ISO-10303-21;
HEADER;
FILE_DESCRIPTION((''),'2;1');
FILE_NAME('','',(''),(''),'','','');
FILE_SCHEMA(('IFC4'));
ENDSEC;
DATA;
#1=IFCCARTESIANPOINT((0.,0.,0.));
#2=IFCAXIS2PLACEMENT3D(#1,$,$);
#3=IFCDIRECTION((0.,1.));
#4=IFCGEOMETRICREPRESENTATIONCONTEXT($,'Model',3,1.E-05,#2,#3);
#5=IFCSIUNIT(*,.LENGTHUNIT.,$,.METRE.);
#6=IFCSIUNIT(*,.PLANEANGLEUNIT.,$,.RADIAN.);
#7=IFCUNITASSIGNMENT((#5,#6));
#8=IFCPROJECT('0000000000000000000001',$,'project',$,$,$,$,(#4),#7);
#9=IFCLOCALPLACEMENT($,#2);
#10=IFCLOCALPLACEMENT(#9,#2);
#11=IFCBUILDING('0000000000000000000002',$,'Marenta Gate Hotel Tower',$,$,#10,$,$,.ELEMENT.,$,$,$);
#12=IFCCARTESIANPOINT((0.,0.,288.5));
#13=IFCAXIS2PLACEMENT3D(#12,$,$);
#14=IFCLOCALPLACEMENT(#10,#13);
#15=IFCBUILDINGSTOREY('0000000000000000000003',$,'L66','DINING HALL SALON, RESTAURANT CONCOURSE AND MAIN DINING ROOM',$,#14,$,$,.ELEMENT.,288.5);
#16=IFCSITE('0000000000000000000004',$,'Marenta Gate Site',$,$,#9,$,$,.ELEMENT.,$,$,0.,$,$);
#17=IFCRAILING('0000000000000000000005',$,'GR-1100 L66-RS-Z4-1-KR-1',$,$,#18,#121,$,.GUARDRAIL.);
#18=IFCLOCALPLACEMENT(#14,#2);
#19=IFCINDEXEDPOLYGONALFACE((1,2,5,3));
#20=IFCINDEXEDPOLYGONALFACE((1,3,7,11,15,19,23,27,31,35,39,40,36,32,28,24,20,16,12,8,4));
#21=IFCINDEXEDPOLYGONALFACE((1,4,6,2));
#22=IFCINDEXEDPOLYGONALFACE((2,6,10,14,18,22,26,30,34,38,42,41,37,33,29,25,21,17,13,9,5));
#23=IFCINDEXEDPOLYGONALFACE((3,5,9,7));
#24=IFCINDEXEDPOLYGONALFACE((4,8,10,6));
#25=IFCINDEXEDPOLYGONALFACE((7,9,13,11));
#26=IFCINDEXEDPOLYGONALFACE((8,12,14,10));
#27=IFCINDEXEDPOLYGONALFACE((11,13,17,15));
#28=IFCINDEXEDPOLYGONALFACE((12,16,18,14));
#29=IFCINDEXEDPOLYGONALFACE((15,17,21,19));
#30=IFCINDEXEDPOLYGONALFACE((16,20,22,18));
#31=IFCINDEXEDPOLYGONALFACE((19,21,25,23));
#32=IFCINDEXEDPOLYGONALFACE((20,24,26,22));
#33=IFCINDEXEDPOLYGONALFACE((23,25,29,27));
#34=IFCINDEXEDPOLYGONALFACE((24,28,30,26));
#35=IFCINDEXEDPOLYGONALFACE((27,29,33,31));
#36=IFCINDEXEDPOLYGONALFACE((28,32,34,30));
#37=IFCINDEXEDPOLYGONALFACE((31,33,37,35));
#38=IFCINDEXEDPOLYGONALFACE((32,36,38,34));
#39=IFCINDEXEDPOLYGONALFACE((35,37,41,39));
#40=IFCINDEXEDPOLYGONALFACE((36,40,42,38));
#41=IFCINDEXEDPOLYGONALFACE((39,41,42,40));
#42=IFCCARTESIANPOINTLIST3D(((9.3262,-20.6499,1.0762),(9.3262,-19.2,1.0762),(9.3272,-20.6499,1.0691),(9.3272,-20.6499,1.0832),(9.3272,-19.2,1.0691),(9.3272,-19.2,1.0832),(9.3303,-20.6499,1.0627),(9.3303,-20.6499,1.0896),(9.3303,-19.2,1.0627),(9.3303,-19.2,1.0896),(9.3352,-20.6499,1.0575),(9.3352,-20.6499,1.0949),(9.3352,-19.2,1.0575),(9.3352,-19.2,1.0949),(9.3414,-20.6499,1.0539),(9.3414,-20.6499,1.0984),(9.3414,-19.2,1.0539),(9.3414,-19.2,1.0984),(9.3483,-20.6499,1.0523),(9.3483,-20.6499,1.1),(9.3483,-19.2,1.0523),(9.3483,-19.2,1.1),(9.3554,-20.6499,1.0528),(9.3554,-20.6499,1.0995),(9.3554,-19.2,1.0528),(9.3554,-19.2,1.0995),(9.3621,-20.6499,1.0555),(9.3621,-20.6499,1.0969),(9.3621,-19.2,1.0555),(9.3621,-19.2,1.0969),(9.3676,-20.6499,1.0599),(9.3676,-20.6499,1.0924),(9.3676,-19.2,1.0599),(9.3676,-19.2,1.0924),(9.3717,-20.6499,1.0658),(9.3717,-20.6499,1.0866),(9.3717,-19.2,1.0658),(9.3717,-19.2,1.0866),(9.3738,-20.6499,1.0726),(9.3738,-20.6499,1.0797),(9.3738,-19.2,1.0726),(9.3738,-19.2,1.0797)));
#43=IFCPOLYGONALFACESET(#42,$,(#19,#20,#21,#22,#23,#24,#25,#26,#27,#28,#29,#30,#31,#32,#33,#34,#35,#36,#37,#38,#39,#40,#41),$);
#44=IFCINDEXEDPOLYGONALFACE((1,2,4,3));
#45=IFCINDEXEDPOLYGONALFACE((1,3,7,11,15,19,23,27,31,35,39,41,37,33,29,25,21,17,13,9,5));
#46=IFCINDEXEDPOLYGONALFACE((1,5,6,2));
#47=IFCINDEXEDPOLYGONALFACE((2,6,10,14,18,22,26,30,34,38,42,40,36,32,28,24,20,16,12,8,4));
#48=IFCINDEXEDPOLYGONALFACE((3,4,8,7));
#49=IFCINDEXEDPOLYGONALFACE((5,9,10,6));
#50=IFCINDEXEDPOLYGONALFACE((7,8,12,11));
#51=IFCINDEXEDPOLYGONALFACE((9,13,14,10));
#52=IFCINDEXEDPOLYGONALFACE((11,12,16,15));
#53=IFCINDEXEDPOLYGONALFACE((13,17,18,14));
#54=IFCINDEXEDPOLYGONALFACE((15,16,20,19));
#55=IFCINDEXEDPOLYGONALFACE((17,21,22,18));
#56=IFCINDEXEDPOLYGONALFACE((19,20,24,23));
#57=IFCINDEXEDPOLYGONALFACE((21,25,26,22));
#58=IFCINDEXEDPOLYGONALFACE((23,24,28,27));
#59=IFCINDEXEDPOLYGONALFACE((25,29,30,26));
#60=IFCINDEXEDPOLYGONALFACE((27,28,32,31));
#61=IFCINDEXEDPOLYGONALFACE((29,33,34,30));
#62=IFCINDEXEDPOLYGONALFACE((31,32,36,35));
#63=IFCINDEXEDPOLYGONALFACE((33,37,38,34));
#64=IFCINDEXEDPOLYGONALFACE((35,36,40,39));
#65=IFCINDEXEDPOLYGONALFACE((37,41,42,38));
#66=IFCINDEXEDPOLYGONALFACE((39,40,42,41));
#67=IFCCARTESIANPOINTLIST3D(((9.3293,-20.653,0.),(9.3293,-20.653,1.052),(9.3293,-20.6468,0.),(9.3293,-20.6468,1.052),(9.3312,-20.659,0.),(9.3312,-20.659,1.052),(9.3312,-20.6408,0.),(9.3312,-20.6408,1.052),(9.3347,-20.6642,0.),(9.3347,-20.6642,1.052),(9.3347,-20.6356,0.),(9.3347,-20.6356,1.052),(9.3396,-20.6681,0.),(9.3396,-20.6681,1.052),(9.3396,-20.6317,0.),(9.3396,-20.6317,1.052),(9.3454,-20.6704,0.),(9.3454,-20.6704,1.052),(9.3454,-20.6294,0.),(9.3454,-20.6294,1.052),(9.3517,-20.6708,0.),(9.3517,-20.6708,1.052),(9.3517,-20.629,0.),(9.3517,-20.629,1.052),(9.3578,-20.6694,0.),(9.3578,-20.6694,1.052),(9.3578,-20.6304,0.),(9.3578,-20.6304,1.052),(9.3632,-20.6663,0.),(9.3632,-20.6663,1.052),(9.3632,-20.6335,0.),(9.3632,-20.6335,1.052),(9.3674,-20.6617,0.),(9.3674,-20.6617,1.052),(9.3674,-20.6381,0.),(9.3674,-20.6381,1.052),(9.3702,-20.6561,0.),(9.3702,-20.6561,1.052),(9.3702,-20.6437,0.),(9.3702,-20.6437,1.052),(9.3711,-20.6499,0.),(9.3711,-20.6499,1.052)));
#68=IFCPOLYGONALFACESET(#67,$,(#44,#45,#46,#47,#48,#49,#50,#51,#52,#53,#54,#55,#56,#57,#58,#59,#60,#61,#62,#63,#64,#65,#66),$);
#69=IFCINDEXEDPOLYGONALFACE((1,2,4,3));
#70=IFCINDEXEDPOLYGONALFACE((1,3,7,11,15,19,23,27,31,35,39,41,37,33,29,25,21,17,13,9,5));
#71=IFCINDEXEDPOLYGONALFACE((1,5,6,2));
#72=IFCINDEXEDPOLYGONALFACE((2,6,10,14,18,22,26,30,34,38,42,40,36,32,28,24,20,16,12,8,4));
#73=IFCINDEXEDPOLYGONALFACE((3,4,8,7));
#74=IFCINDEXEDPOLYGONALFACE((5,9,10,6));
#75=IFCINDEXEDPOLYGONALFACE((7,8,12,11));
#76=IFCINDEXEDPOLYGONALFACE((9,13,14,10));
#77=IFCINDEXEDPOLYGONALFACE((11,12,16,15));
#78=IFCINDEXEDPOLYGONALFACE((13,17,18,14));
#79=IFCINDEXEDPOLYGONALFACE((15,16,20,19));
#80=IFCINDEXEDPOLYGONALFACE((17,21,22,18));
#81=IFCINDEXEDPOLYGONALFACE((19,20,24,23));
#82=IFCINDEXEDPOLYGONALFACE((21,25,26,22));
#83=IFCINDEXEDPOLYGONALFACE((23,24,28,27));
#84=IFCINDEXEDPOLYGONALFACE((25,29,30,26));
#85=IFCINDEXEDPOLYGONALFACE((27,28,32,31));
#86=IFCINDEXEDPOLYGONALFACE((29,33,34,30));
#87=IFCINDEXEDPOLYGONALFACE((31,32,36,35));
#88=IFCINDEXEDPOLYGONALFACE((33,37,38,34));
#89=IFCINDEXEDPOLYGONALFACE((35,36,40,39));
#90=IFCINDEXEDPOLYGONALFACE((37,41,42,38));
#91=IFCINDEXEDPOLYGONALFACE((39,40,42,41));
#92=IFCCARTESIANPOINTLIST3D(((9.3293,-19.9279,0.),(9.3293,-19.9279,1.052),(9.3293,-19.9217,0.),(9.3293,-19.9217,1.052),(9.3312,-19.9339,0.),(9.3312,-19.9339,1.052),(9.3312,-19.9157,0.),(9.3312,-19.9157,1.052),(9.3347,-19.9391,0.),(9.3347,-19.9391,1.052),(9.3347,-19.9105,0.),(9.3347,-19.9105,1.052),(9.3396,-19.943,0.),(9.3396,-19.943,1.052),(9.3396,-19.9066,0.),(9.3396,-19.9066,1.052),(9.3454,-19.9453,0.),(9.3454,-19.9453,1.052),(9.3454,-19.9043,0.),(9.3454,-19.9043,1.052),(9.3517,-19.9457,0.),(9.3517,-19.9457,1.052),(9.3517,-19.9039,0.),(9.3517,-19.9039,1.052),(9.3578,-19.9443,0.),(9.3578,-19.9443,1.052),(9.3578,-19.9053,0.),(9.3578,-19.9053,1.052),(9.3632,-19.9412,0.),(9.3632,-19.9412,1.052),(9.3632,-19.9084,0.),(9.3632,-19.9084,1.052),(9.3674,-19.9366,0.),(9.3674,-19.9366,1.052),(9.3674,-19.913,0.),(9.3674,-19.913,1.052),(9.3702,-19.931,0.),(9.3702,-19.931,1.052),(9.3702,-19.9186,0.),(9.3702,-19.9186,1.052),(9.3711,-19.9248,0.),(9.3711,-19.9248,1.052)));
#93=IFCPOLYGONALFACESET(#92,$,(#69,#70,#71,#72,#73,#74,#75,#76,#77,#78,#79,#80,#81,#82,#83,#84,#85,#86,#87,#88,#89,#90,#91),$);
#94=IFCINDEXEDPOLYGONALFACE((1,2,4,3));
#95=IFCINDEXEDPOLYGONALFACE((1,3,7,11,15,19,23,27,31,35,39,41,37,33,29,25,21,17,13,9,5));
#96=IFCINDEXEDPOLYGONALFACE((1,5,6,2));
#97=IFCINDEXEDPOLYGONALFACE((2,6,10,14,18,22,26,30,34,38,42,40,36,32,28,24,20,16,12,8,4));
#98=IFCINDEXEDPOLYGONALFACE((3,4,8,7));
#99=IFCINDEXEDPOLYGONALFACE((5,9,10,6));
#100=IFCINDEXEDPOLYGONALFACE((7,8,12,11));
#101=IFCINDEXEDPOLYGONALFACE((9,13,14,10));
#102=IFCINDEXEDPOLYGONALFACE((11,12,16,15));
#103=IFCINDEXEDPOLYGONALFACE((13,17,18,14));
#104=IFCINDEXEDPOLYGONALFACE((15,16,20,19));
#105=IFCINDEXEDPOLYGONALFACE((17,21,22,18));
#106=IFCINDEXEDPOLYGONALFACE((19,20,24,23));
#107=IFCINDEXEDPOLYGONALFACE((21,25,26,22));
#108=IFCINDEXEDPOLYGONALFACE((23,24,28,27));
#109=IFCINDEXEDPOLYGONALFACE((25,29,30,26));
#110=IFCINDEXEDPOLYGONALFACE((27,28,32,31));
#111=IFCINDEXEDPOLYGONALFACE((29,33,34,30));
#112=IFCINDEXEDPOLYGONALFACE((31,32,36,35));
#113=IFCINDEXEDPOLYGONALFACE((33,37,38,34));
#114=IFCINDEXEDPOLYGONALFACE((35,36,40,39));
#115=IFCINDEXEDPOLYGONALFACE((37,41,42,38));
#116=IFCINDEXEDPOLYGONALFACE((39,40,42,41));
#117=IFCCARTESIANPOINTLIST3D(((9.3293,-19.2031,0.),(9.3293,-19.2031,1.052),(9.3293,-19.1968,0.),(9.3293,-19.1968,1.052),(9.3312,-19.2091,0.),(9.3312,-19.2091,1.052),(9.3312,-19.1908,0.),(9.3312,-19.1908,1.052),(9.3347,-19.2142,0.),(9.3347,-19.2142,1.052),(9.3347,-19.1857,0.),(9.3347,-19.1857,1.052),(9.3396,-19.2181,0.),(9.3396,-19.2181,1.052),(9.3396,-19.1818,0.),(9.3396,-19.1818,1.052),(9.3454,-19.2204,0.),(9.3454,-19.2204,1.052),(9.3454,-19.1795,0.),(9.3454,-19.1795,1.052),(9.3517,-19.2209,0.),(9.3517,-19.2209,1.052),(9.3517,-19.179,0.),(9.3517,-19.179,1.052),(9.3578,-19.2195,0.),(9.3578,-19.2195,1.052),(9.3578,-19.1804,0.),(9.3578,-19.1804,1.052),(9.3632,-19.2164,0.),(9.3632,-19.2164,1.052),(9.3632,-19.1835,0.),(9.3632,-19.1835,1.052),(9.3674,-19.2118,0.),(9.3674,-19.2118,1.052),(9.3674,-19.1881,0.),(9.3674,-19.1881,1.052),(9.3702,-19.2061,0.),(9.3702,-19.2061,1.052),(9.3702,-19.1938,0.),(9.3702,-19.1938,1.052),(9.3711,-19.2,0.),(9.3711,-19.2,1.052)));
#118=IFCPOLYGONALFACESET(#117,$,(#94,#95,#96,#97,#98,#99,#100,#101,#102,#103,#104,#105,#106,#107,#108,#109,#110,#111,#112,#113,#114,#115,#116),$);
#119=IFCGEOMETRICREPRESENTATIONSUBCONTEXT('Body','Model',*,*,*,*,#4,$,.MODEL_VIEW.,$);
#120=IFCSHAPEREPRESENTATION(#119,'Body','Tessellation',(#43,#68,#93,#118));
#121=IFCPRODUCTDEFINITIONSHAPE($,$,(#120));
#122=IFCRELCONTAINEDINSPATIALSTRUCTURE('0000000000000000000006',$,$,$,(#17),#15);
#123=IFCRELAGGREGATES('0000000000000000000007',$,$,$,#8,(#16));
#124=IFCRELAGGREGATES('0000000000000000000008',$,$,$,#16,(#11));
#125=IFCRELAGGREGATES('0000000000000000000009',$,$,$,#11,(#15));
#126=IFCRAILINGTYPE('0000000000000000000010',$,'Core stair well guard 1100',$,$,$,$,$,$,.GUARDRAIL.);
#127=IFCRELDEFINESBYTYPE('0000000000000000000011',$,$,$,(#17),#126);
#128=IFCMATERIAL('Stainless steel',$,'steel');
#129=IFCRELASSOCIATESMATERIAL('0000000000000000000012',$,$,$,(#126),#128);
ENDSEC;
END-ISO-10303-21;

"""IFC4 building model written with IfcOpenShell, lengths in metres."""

from ifc_helpers import new_model, si_unit, direction, frame, origin, origin_2d, place, context, subcontext, project, spatial, circle, extrude, material, type_object, element, save


model = new_model("IFC4")

# Units and contexts
model_context = context("Model", 3, precision=1e-05, world=origin(), true_north=direction((0.0, 1.0)))
body_context = subcontext(model_context, "Body", "Model", "MODEL_VIEW")
ifc_project = project(units=[si_unit("LENGTHUNIT", "METRE"), si_unit("PLANEANGLEUNIT", "RADIAN")], contexts=[model_context])

# Site, building, storey
site_placement = place(None, origin())
site = spatial("IfcSite", under=ifc_project, at=site_placement, Name="Marenta Gate Site", CompositionType="ELEMENT", RefElevation=0.0)
building_placement = place(site_placement, origin())
building = spatial("IfcBuilding", under=site, at=building_placement, Name="Marenta Gate Hotel Tower", CompositionType="ELEMENT")
storey_placement = place(building_placement, frame((0.0, 0.0, 288.5)))
storey = spatial("IfcBuildingStorey", under=building, at=storey_placement, Name="L66", Description="DINING HALL SALON, RESTAURANT CONCOURSE AND MAIN DINING ROOM", CompositionType="ELEMENT", Elevation=288.5)

# Railing
ifc_material_1 = material(Name="Stainless steel", Category="steel")
railing_type = type_object("IfcRailingType", Name="Core stair well guard 1100", PredefinedType="GUARDRAIL", material=ifc_material_1)
railing_placement = place(storey_placement, frame((9.3501, -20.6499, 0.0)))
element("IfcRailing", 1, at=railing_placement, inside=storey, type_object=railing_type, Name="GR-1100 L66-RS-Z4-1-KR-1", PredefinedType="GUARDRAIL", context=body_context, shape_type="SweptSolid", body=[
    extrude(circle(Radius=0.0239, at=origin_2d()), frame((0.0, 0.0, 1.0762), z_axis=(0.0, 1.0, 0.0), x_axis=(-1.0, 0.0, 0.0)), (0.0, 0.0, 1.0), 1.45),
    extrude(circle(Radius=0.021, at=origin_2d()), origin(), (0.0, 0.0, 1.0), 1.052),
    extrude(circle(Radius=0.021, at=origin_2d()), frame((0.0, 0.7251, 0.0)), (0.0, 0.0, 1.0), 1.052),
    extrude(circle(Radius=0.021, at=origin_2d()), frame((0.0, 1.45, 0.0)), (0.0, 0.0, 1.0), 1.052),
])

save(model, "model.ifc")
